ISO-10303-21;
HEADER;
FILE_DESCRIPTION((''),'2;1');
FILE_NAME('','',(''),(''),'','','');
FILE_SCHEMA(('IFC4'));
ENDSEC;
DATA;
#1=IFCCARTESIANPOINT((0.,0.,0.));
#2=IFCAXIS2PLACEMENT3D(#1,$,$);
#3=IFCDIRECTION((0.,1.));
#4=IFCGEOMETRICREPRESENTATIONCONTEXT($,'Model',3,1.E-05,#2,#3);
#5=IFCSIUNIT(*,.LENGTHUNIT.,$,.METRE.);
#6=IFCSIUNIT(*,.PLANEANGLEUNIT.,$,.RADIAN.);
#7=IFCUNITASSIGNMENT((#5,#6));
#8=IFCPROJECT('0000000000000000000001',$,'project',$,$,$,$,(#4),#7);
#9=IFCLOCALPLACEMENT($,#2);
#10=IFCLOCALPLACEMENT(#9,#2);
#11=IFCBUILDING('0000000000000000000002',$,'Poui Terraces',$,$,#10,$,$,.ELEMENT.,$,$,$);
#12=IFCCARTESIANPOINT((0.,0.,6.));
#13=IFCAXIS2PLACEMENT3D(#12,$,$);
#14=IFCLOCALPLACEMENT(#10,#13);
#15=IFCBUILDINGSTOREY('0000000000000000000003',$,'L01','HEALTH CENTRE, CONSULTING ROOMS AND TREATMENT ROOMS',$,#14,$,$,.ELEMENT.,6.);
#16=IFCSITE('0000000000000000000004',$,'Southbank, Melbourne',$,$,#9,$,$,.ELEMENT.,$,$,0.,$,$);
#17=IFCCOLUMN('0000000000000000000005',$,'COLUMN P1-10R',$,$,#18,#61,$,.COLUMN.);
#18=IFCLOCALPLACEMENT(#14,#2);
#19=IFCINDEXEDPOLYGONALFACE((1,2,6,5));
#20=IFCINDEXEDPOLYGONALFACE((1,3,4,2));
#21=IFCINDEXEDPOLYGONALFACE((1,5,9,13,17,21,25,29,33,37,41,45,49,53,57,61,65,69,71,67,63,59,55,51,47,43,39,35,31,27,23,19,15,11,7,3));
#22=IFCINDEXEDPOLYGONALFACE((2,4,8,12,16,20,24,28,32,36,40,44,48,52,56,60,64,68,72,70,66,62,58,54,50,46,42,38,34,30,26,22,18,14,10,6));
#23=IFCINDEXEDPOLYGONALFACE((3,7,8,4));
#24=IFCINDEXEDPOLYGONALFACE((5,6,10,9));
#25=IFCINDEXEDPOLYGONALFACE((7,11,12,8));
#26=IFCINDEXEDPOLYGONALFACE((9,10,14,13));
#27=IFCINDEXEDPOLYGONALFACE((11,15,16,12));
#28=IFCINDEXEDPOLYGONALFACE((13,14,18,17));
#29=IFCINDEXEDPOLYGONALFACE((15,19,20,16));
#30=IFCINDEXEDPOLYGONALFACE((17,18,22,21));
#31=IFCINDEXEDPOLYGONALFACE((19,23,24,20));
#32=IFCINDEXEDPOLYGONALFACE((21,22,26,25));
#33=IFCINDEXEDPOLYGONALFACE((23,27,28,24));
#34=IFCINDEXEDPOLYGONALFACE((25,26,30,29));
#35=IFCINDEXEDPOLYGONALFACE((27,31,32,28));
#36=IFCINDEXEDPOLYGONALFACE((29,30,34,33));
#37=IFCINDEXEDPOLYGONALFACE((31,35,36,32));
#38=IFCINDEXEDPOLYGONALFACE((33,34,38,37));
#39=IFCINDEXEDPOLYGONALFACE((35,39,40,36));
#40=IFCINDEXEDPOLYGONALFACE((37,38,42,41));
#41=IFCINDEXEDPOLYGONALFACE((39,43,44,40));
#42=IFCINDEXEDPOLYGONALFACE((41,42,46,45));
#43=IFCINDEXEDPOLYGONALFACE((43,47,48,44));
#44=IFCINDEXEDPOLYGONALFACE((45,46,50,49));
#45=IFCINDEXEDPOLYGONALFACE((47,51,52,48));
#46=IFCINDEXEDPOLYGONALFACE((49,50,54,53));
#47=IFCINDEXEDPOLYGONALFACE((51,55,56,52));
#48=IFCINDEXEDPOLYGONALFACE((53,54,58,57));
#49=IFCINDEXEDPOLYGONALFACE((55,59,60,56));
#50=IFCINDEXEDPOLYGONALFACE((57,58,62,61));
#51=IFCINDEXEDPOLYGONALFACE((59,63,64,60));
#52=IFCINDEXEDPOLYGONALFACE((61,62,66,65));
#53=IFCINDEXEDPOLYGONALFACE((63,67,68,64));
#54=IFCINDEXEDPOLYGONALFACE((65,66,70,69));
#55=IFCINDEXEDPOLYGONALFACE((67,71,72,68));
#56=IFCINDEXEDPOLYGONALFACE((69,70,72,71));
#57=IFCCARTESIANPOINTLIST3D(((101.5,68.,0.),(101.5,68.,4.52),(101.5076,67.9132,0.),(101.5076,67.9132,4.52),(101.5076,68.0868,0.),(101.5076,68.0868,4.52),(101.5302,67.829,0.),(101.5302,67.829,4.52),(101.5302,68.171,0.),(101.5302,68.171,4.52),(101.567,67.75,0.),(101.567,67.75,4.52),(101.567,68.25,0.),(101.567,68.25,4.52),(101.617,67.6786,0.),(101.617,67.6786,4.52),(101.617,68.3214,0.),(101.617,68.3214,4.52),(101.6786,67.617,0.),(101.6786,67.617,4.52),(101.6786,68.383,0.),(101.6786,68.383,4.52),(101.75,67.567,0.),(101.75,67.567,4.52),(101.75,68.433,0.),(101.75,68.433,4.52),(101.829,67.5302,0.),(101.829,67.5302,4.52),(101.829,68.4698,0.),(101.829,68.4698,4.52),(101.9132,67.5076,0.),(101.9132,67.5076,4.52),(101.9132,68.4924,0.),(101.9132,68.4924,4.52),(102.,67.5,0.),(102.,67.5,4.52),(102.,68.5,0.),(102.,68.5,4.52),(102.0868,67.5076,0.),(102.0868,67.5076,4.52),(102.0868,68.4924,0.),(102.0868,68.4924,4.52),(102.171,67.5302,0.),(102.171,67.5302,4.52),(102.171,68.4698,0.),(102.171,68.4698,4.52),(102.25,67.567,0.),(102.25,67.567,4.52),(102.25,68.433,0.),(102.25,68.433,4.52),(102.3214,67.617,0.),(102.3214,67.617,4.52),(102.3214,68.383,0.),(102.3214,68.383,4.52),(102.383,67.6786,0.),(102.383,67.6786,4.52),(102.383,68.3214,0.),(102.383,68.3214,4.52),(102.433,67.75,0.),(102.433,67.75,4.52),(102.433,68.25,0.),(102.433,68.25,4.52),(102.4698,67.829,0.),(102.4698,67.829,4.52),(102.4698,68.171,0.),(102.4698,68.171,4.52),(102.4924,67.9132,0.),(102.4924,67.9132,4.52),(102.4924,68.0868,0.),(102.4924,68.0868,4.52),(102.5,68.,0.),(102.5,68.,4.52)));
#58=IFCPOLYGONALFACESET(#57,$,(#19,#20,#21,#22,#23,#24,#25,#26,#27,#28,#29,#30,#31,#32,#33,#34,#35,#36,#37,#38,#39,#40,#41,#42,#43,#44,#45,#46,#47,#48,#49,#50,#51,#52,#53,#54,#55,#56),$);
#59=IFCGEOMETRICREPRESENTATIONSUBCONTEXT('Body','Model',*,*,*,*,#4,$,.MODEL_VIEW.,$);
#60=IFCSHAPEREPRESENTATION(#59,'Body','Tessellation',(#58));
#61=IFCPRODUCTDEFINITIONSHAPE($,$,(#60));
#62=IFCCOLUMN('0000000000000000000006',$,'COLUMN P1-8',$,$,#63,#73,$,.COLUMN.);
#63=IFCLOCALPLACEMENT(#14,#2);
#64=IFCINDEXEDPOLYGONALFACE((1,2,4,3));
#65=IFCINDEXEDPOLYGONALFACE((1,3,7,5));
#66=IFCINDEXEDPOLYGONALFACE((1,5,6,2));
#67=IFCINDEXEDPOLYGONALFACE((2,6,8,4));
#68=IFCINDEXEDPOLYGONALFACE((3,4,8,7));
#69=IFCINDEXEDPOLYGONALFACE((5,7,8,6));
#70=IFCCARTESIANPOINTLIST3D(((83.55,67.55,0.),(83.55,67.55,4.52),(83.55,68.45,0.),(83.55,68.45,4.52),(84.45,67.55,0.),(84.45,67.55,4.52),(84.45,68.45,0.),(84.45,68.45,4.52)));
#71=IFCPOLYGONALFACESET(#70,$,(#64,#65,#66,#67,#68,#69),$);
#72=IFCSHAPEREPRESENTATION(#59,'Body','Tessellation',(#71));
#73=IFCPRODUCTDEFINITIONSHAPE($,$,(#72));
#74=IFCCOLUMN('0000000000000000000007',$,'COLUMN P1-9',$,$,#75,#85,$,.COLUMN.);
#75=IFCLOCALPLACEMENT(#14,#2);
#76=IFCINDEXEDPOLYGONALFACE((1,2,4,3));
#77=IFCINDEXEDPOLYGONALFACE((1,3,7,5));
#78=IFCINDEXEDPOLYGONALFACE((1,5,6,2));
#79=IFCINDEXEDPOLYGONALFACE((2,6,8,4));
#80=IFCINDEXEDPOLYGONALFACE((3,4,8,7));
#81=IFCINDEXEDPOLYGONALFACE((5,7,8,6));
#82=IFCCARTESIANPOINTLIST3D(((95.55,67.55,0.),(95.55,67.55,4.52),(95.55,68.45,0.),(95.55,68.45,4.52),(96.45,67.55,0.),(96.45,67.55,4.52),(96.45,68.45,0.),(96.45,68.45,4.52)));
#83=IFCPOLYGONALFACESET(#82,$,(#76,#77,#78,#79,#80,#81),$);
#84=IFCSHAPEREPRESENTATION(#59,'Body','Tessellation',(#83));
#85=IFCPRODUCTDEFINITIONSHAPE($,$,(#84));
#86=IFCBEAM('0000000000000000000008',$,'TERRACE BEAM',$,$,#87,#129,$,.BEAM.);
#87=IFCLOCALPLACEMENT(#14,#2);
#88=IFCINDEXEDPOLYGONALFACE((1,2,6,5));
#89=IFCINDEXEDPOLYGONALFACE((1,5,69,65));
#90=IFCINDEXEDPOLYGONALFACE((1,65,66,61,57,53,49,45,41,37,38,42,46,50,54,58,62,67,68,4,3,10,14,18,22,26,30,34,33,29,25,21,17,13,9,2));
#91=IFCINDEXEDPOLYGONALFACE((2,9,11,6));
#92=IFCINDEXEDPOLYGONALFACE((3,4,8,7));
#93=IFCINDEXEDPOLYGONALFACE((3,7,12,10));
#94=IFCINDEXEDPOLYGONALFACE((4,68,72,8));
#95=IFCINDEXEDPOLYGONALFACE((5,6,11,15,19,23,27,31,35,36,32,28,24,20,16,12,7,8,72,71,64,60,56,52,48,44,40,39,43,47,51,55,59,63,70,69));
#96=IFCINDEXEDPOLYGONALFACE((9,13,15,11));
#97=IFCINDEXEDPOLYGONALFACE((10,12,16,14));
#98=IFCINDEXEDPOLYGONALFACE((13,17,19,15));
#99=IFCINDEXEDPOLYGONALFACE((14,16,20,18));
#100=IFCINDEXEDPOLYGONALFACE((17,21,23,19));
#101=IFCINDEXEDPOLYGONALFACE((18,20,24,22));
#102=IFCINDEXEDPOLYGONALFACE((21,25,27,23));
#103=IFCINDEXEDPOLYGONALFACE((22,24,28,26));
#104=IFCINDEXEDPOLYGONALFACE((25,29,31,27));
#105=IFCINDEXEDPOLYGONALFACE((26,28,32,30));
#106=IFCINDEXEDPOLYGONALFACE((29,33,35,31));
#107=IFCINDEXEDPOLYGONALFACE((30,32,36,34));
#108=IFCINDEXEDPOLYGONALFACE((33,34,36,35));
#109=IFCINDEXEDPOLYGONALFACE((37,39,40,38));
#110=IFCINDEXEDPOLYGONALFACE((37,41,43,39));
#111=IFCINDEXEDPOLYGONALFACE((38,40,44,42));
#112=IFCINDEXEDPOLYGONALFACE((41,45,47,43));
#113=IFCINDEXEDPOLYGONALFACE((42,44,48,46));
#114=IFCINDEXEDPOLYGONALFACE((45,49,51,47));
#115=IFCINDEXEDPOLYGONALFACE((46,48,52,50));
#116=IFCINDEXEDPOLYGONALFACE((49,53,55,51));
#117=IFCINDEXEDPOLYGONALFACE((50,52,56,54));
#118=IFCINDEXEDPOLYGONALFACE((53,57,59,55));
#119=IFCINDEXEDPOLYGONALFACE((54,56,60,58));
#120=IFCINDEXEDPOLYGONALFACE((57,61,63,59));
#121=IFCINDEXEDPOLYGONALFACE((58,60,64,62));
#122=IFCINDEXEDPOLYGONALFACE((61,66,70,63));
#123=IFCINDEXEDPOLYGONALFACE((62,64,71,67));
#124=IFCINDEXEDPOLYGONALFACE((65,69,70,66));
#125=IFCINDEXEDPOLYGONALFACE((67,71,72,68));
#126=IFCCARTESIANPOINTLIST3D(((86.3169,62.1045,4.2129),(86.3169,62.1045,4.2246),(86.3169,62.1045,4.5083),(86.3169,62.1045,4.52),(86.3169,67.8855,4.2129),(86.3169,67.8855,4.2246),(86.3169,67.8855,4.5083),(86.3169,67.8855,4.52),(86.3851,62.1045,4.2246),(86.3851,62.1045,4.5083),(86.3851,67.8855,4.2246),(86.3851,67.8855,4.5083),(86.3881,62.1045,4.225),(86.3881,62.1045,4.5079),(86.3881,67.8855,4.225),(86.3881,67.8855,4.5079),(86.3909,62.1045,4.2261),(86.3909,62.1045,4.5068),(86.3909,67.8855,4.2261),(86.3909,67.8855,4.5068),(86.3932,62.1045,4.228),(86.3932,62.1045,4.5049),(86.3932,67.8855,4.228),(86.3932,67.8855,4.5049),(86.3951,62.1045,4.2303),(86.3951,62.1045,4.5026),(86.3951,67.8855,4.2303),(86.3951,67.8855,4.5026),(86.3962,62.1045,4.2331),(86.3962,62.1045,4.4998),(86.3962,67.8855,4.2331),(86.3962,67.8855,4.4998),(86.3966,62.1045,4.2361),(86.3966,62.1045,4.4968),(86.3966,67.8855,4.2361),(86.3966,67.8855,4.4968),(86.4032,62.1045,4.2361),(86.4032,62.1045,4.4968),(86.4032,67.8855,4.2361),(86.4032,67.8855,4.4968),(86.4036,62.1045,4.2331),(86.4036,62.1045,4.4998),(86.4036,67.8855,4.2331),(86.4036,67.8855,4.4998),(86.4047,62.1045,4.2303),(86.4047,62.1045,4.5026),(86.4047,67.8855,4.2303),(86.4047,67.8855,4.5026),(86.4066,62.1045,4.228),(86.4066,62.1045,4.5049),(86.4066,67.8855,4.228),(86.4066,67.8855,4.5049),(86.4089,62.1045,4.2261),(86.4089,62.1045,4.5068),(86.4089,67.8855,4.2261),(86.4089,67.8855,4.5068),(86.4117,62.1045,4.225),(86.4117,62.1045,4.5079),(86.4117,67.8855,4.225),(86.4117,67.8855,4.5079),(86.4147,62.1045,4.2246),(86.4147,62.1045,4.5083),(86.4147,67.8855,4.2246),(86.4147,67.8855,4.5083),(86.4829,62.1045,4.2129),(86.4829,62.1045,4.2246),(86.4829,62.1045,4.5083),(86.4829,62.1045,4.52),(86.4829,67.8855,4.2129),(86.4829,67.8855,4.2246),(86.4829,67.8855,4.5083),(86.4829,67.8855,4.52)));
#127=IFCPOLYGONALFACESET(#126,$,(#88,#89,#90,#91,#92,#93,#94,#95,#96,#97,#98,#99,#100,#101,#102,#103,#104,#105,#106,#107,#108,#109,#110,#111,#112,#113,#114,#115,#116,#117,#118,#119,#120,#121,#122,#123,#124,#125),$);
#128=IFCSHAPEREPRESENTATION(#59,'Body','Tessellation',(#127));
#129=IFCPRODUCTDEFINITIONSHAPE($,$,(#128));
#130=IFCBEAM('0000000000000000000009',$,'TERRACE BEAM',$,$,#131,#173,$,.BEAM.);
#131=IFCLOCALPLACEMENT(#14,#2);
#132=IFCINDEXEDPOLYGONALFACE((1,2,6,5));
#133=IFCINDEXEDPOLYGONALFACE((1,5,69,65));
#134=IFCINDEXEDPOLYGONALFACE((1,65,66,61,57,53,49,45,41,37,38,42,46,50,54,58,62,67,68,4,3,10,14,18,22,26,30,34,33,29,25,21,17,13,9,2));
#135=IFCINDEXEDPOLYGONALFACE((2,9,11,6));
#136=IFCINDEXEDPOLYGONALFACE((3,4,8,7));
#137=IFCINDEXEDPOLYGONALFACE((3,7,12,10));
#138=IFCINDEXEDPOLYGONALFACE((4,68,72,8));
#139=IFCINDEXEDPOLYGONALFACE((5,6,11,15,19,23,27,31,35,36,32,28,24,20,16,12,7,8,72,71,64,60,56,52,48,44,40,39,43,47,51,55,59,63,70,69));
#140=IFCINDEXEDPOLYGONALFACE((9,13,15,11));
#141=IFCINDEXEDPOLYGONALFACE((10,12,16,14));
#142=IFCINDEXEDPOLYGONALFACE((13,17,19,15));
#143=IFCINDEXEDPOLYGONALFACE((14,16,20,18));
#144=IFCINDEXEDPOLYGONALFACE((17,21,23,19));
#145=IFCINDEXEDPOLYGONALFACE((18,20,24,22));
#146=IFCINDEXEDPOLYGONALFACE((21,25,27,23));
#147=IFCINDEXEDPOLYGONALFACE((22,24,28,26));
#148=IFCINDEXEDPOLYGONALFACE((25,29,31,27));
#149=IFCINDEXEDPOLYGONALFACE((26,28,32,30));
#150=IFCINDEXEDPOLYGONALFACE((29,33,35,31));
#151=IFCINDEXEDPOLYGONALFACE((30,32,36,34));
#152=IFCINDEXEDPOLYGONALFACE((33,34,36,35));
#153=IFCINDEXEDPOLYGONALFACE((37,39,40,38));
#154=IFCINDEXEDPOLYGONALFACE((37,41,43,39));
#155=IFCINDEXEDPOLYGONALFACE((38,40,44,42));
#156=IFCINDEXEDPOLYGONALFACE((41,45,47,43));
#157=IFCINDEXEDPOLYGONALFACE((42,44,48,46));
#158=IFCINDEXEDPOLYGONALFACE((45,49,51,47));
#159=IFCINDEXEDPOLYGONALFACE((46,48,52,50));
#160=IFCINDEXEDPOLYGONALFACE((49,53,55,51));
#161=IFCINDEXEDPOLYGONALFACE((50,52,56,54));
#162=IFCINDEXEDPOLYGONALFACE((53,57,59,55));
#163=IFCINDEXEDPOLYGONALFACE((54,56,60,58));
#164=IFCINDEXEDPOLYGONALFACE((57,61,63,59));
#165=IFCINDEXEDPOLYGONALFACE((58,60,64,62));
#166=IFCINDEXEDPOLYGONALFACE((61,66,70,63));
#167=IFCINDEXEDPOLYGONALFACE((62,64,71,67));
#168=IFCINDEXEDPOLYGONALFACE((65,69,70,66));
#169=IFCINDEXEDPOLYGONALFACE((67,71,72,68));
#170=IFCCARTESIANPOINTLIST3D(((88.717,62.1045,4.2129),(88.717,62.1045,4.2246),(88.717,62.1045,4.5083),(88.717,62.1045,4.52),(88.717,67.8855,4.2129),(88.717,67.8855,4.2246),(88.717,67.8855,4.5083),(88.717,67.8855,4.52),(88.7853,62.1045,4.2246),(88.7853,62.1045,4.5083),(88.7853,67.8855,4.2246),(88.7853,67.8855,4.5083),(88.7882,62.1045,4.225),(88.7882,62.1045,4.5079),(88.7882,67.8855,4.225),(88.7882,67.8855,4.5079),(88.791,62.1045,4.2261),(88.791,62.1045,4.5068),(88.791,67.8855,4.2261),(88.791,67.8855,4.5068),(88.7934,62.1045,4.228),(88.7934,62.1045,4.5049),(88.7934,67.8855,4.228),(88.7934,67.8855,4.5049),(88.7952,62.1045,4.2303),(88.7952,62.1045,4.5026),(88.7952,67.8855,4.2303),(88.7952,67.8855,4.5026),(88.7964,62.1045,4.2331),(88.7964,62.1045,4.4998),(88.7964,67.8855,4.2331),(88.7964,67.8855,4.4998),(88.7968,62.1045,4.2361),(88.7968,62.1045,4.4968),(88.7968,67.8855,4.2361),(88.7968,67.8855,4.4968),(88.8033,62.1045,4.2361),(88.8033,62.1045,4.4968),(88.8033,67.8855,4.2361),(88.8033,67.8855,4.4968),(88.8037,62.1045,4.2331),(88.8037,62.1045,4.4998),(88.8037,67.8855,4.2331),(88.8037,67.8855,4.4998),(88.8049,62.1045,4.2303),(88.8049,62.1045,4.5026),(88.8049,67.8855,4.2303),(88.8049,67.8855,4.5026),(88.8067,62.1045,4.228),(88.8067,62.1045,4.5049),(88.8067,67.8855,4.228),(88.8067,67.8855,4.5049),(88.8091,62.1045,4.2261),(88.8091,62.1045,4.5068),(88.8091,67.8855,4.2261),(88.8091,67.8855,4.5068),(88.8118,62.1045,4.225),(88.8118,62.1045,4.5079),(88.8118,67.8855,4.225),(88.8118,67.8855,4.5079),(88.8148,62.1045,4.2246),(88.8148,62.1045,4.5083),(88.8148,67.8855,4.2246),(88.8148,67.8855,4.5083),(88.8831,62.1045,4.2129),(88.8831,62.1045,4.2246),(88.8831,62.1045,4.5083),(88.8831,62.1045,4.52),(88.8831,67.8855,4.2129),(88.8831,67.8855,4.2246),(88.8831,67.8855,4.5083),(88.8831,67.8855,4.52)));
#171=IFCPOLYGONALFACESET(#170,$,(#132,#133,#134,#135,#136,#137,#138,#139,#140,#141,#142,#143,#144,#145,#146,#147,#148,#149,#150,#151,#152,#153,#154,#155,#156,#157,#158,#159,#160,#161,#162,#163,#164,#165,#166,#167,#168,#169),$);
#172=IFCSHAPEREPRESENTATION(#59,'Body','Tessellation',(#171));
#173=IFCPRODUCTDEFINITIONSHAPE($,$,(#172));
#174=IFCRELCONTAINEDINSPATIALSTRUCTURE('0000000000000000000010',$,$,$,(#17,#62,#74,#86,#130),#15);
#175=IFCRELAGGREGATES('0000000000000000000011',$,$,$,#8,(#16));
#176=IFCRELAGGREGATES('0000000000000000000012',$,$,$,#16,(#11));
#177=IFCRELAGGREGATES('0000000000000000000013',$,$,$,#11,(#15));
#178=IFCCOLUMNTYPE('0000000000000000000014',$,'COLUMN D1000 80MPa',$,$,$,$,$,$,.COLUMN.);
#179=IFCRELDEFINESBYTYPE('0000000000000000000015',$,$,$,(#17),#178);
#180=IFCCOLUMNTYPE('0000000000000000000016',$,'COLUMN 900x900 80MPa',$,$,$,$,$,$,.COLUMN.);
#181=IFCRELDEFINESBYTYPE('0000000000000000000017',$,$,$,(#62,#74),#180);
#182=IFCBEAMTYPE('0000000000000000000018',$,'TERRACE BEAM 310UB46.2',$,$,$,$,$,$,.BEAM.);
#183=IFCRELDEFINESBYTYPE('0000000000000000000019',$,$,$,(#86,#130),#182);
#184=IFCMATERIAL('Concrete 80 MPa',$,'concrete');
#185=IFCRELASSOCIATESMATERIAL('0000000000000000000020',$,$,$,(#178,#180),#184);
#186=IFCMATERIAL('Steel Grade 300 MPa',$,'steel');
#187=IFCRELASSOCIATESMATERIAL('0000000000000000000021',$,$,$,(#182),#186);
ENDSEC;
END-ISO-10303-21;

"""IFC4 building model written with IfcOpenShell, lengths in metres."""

from ifc_helpers import new_model, si_unit, direction, frame, origin, origin_2d, place, context, subcontext, project, spatial, rectangle, circle, i_section, extrude, source, transform, mapped, material, material_profile, profile_set, type_object, element, save


model = new_model("IFC4")

# Units and contexts
model_context = context("Model", 3, precision=1e-05, world=origin(), true_north=direction((0.0, 1.0)))
body_context = subcontext(model_context, "Body", "Model", "MODEL_VIEW")
ifc_project = project(units=[si_unit("LENGTHUNIT", "METRE"), si_unit("PLANEANGLEUNIT", "RADIAN")], contexts=[model_context])

# Site, building, storey
site_placement = place(None, origin())
site = spatial("IfcSite", under=ifc_project, at=site_placement, Name="Southbank, Melbourne", CompositionType="ELEMENT", RefElevation=0.0)
building_placement = place(site_placement, origin())
building = spatial("IfcBuilding", under=site, at=building_placement, Name="Poui Terraces", CompositionType="ELEMENT")
storey_placement = place(building_placement, frame((0.0, 0.0, 6.0)))
storey = spatial("IfcBuildingStorey", under=building, at=storey_placement, Name="L01", Description="HEALTH CENTRE, CONSULTING ROOMS AND TREATMENT ROOMS", CompositionType="ELEMENT", Elevation=6.0)

# Columns
ifc_material_1 = material(Name="Concrete 80 MPa", Category="concrete")
ifc_material_profile_1 = material_profile(ifc_material_1, circle(Radius=0.5, at=origin_2d()), Name="RC D1000")
ifc_profile_set_1 = profile_set([ifc_material_profile_1], Name="Concrete 80 MPa")
column_type_1 = type_object("IfcColumnType", Name="COLUMN D1000 80MPa", PredefinedType="COLUMN", material=ifc_profile_set_1)
shared_shape_1 = source(origin(), body_context, "Body", "SweptSolid", [
    extrude(circle(Radius=0.5, at=origin_2d()), origin(), (0.0, 0.0, 1.0), 4.52),
])
column_placement = place(storey_placement, frame((102.0, 68.0, 0.0), z_axis=(0.0, 0.0, 1.0), x_axis=(1.0, 0.0, 0.0)))
element("IfcColumn", 1, at=column_placement, inside=storey, type_object=column_type_1, Name="COLUMN P1-10R", PredefinedType="COLUMN", context=body_context, shape_type="MappedRepresentation", body=[
    mapped(shared_shape_1, transform((0.0, 0.0, 0.0))),
])
ifc_material_profile_2 = material_profile(ifc_material_1, rectangle(XDim=0.8999, YDim=0.8999, at=origin_2d()), Name="RC 900x900")
ifc_profile_set_2 = profile_set([ifc_material_profile_2], Name="Concrete 80 MPa")
column_type_2 = type_object("IfcColumnType", Name="COLUMN 900x900 80MPa", PredefinedType="COLUMN", material=ifc_profile_set_2)
shared_shape_2 = source(origin(), body_context, "Body", "SweptSolid", [
    extrude(rectangle(XDim=0.8999, YDim=0.8999, at=origin_2d()), origin(), (0.0, 0.0, 1.0), 4.52),
])
for number, where, z_axis, x_axis, name in (
    (2, (84.0, 68.0, 0.0), (0.0, 0.0, 1.0), (1.0, 0.0, 0.0), "COLUMN P1-8"),
    (3, (96.0, 68.0, 0.0), (0.0, 0.0, 1.0), (1.0, 0.0, 0.0), "COLUMN P1-9"),
):
    element("IfcColumn", number, at=place(storey_placement, frame(where, z_axis=z_axis, x_axis=x_axis)), inside=storey, type_object=column_type_2, Name=name, PredefinedType="COLUMN", context=body_context, shape_type="MappedRepresentation", body=[
        mapped(shared_shape_2, transform((0.0, 0.0, 0.0))),
    ])

# Beams
ifc_material_2 = material(Name="Steel Grade 300 MPa", Category="steel")
ifc_material_profile_3 = material_profile(ifc_material_2, i_section(OverallWidth=0.166, OverallDepth=0.3071, WebThickness=0.0066, FlangeThickness=0.0117, FilletRadius=0.0115, at=origin_2d()), Name="310UB46.2")
ifc_profile_set_3 = profile_set([ifc_material_profile_3], Name="Steel Grade 300 MPa")
beam_type_1 = type_object("IfcBeamType", Name="TERRACE BEAM 310UB46.2", PredefinedType="BEAM", material=ifc_profile_set_3)
shared_shape_3 = source(origin(), body_context, "Body", "SweptSolid", [
    extrude(i_section(OverallWidth=0.166, OverallDepth=0.3071, WebThickness=0.0066, FlangeThickness=0.0117, FilletRadius=0.0115, at=origin_2d()), origin(), (0.0, 0.0, 1.0), 5.781),
])
for number, where, z_axis, x_axis, name in (
    (4, (86.3999, 62.1045, 4.3665), (0.0, 1.0, 0.0), (-1.0, 0.0, 0.0), "TERRACE BEAM"),
    (5, (88.8, 62.1045, 4.3665), (0.0, 1.0, 0.0), (-1.0, 0.0, 0.0), "TERRACE BEAM"),
):
    element("IfcBeam", number, at=place(storey_placement, frame(where, z_axis=z_axis, x_axis=x_axis)), inside=storey, type_object=beam_type_1, Name=name, PredefinedType="BEAM", context=body_context, shape_type="MappedRepresentation", body=[
        mapped(shared_shape_3, transform((0.0, 0.0, 0.0))),
    ])

save(model, "model.ifc")
